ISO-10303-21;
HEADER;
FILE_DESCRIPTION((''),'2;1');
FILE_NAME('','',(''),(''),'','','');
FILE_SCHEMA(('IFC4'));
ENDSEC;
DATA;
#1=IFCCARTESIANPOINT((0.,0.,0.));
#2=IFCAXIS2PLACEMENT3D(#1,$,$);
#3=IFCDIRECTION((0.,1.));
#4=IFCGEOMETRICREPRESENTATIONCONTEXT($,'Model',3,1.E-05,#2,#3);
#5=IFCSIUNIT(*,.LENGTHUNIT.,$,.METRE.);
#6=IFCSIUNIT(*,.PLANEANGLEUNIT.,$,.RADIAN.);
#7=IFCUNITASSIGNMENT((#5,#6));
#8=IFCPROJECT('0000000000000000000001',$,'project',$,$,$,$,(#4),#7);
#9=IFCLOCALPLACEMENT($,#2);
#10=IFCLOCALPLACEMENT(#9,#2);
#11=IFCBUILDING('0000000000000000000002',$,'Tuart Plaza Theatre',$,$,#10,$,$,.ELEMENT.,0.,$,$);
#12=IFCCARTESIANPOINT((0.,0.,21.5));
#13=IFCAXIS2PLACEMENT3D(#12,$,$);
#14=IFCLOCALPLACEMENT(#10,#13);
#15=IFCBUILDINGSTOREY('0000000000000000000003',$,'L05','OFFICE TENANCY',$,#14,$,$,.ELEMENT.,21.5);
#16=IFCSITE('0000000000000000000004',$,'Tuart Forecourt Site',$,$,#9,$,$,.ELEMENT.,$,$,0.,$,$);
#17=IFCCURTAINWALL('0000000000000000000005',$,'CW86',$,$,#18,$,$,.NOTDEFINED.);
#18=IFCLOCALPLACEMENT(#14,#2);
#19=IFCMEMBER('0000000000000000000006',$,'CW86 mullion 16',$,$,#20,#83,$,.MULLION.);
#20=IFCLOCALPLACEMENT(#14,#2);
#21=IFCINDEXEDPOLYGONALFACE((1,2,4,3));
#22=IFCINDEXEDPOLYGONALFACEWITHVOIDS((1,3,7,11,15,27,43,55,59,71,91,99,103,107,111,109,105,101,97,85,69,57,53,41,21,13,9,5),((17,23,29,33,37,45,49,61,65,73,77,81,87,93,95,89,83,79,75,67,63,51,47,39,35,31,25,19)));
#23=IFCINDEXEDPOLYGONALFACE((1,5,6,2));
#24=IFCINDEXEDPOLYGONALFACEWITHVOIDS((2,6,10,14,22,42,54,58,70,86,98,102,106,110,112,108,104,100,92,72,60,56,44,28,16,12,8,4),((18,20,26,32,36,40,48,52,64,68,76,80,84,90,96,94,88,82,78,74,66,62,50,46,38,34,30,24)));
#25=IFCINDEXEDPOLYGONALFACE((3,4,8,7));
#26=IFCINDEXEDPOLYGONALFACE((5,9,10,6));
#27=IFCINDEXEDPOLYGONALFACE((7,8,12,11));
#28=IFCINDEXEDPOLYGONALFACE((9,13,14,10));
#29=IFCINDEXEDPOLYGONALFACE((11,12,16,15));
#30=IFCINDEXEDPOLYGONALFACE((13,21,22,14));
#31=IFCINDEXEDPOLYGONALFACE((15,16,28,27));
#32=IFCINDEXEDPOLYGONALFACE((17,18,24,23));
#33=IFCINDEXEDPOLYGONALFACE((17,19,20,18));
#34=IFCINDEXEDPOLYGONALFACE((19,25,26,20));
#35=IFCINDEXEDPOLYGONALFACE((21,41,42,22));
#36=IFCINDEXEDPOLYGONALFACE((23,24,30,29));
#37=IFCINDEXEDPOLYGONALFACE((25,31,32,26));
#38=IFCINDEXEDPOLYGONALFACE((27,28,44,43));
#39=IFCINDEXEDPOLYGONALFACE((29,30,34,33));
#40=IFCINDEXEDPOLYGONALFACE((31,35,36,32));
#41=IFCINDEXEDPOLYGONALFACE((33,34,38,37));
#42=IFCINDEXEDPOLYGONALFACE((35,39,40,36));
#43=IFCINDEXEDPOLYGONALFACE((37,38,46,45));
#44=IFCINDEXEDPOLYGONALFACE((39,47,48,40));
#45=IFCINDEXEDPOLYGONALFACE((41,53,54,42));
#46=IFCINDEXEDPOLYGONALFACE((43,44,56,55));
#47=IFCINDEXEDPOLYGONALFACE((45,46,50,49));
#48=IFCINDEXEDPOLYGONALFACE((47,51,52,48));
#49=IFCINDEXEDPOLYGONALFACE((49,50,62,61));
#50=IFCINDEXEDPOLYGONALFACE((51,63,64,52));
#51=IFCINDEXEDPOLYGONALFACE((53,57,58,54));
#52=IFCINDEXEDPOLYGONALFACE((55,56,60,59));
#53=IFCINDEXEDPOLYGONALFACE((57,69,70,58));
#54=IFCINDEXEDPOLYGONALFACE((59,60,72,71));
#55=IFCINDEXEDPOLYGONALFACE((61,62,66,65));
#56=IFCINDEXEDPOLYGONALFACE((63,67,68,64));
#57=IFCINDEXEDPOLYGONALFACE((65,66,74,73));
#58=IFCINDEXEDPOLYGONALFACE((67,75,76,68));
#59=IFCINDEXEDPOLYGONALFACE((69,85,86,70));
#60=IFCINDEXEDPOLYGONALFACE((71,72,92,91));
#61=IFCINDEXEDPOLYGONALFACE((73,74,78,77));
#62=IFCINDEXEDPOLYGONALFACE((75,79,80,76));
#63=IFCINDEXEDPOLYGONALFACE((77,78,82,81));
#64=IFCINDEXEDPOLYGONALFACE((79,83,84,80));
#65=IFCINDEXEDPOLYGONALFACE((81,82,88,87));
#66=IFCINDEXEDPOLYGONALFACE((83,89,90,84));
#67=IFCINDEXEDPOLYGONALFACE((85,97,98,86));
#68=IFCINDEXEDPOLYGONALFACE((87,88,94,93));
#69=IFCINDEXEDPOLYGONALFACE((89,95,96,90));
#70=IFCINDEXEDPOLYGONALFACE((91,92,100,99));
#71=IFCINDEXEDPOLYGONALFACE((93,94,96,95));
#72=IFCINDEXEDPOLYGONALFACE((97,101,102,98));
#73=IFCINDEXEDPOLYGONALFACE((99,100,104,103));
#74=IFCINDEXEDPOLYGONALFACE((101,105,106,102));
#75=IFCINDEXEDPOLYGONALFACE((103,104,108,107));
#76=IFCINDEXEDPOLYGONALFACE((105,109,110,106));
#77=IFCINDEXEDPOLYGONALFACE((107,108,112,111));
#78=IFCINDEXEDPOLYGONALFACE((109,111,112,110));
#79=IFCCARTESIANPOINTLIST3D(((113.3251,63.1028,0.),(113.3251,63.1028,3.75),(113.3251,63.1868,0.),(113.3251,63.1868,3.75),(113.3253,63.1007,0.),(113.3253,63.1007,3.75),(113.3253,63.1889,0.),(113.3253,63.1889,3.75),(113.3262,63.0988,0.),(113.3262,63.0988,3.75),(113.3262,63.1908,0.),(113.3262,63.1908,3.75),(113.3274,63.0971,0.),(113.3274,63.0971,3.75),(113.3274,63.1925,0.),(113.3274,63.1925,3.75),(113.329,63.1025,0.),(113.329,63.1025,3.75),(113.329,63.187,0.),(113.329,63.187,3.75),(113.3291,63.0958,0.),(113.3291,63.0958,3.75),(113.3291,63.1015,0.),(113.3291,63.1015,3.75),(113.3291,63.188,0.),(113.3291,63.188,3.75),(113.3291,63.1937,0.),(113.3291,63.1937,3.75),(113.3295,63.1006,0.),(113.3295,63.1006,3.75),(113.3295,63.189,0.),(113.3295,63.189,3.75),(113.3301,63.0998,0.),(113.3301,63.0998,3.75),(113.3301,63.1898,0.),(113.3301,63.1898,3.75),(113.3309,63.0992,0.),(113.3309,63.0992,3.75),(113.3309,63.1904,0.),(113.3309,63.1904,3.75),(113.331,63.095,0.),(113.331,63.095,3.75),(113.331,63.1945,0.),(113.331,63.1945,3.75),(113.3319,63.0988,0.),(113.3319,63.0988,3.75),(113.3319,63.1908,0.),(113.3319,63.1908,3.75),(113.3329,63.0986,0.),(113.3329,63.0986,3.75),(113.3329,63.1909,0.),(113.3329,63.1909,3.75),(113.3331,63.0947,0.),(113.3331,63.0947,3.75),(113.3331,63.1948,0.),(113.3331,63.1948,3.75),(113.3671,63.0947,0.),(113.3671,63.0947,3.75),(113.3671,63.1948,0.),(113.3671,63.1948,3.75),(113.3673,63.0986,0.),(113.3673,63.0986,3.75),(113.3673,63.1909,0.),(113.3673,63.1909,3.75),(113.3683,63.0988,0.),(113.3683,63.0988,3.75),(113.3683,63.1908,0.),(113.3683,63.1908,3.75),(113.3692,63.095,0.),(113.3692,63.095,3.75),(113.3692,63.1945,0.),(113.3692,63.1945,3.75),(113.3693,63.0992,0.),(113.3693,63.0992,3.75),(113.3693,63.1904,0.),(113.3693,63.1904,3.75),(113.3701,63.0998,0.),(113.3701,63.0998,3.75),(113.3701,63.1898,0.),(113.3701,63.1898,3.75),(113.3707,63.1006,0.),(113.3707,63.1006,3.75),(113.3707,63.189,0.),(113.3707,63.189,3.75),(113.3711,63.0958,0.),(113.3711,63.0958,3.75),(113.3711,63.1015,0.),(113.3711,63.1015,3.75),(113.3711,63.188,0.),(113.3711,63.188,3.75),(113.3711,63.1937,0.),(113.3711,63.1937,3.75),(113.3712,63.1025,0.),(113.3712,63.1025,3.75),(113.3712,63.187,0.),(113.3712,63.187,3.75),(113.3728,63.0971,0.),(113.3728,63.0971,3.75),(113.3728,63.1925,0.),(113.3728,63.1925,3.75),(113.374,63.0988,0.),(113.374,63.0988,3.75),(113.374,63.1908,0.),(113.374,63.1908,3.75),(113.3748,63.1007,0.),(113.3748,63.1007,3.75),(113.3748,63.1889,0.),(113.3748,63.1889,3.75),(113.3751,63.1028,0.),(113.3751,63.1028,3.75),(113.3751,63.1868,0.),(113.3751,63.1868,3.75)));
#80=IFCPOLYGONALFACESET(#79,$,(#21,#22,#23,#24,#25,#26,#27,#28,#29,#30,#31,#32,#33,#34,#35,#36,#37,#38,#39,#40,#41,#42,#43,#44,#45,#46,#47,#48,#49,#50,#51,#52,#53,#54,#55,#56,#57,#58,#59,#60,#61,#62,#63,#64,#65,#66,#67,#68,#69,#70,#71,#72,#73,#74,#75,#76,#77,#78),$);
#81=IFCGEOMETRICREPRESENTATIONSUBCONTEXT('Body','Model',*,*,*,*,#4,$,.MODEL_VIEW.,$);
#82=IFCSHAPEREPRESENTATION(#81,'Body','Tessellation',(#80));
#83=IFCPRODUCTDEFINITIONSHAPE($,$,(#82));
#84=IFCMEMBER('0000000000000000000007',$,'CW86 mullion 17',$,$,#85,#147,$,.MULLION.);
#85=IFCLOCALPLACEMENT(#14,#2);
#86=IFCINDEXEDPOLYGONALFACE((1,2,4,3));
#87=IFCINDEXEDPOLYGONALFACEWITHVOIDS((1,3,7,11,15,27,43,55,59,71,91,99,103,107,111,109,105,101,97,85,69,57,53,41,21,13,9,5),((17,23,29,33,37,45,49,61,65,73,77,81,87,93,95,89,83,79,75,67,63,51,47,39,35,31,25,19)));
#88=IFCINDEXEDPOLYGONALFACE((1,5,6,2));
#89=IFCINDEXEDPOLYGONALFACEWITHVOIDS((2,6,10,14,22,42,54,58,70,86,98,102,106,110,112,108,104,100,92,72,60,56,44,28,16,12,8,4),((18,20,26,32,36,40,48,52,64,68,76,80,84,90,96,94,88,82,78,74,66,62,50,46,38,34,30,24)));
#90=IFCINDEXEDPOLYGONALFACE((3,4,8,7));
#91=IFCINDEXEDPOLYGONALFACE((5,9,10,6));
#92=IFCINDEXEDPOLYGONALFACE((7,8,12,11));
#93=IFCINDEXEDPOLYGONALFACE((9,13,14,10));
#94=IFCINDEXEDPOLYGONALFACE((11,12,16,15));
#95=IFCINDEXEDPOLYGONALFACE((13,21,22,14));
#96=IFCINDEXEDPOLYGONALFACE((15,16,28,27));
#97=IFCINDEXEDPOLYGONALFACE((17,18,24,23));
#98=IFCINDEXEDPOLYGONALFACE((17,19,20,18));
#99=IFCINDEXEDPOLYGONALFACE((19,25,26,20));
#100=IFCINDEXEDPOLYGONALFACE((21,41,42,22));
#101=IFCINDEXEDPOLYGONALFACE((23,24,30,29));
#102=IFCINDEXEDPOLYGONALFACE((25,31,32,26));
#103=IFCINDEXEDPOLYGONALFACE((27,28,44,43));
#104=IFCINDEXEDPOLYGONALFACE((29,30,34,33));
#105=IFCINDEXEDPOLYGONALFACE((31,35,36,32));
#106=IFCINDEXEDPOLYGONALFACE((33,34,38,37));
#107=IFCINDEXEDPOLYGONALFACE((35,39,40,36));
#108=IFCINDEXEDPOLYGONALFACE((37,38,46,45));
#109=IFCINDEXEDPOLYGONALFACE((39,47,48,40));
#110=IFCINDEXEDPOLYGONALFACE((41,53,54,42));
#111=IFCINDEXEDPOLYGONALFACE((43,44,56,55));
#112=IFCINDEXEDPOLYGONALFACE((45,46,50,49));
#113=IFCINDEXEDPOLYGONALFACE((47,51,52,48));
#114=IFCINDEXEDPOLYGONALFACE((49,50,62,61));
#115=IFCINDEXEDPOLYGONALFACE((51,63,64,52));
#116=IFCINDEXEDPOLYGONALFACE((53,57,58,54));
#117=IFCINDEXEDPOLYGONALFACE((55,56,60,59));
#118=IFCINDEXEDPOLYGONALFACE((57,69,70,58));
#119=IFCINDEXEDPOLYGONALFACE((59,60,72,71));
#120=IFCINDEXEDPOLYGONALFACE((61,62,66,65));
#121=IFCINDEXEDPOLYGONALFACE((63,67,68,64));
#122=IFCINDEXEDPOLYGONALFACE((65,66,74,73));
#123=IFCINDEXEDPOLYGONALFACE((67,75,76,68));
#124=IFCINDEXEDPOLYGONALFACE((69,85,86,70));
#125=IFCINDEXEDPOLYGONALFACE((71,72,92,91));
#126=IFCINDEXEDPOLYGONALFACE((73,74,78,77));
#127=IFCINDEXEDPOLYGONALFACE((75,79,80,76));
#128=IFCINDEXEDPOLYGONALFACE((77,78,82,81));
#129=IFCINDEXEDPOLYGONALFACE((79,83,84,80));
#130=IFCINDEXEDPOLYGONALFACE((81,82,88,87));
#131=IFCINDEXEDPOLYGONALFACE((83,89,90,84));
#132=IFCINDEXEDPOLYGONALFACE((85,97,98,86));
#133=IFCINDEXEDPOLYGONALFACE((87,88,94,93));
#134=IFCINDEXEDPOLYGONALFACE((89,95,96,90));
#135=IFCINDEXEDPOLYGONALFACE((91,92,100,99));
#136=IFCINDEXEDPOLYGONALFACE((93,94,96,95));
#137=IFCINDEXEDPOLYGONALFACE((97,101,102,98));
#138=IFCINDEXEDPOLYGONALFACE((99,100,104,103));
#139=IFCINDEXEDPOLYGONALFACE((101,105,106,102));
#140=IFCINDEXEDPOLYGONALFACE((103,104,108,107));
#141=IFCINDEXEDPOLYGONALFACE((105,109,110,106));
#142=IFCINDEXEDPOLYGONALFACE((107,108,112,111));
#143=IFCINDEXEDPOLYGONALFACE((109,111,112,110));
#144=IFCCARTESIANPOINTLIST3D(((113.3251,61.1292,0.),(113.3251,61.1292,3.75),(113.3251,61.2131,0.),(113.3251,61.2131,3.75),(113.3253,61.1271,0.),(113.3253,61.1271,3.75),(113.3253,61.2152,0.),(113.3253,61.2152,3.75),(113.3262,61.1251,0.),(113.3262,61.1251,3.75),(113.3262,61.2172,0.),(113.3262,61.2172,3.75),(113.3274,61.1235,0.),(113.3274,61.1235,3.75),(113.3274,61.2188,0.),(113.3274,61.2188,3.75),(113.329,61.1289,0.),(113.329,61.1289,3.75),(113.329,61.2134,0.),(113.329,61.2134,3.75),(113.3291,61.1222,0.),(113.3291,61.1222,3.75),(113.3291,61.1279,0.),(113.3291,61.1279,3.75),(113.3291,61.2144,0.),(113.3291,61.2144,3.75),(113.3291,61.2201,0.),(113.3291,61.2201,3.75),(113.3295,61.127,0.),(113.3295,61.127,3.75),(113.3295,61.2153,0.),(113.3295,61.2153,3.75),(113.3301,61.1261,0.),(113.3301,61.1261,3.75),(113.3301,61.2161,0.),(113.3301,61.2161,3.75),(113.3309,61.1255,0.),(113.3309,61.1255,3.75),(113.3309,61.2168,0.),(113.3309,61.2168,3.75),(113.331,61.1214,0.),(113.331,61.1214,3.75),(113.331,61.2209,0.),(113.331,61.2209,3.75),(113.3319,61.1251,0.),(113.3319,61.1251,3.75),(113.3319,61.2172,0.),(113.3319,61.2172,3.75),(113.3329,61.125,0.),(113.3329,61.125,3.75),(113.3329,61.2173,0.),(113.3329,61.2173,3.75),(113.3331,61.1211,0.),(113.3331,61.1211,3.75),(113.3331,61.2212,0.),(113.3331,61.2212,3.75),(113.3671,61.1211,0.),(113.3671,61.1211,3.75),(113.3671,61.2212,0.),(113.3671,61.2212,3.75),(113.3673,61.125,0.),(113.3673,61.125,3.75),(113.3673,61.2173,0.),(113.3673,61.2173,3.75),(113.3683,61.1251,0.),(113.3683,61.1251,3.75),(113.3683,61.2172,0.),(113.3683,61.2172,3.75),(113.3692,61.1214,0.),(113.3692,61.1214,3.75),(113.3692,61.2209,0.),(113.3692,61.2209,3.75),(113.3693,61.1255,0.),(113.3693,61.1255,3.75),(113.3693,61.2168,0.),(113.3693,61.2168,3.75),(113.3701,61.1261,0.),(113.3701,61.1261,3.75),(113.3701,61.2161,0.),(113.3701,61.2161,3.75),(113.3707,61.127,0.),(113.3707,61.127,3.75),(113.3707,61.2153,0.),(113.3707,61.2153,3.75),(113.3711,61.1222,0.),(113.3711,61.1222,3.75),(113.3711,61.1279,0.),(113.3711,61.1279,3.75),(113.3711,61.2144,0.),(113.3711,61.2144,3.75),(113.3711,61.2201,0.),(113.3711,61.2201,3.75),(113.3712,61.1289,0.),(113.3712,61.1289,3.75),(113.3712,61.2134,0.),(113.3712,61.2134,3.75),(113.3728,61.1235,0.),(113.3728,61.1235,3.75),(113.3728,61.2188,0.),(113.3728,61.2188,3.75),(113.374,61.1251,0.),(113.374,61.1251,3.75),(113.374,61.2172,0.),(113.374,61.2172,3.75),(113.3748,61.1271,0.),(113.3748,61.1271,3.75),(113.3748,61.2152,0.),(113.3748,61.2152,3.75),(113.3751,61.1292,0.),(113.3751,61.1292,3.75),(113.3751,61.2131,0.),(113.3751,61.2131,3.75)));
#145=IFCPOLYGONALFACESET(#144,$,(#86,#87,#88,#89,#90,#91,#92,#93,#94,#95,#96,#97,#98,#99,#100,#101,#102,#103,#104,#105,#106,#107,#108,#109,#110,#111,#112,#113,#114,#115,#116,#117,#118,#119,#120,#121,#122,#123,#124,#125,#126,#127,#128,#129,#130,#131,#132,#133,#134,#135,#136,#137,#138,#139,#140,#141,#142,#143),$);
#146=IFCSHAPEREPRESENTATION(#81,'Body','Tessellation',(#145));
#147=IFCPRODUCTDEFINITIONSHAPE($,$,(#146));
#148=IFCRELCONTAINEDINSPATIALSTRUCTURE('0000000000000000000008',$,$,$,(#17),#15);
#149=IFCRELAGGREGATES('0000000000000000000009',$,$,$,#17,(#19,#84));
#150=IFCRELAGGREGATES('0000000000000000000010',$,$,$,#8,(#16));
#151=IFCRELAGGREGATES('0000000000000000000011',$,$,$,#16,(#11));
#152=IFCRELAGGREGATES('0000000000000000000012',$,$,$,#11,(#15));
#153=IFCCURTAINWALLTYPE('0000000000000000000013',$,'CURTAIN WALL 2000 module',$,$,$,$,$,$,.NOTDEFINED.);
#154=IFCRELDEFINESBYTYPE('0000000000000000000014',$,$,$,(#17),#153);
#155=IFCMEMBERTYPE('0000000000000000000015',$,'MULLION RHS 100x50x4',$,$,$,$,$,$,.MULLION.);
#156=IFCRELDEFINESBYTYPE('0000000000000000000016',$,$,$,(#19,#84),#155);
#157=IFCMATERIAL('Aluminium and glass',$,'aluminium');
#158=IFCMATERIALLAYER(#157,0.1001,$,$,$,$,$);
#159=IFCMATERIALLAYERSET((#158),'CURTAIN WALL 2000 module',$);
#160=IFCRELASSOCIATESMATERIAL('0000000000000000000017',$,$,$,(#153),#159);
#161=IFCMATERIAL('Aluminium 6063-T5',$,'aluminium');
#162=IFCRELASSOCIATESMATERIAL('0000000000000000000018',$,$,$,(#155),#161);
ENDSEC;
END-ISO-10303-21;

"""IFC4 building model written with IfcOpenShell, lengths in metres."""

from ifc_helpers import new_model, si_unit, direction, frame, origin, origin_2d, place, context, subcontext, project, spatial, hollow_rectangle, extrude, material, layer, layer_set, material_profile, profile_set, type_object, element, aggregate, save


model = new_model("IFC4")

# Units and contexts
model_context = context("Model", 3, precision=1e-05, world=origin(), true_north=direction((0.0, 1.0)))
body_context = subcontext(model_context, "Body", "Model", "MODEL_VIEW")
ifc_project = project(units=[si_unit("LENGTHUNIT", "METRE"), si_unit("PLANEANGLEUNIT", "RADIAN")], contexts=[model_context])

# Site, building, storey
site_placement = place(None, origin())
site = spatial("IfcSite", under=ifc_project, at=site_placement, Name="Tuart Forecourt Site", CompositionType="ELEMENT", RefElevation=0.0)
building_placement = place(site_placement, origin())
building = spatial("IfcBuilding", under=site, at=building_placement, Name="Tuart Plaza Theatre", CompositionType="ELEMENT", ElevationOfRefHeight=0.0)
storey_placement = place(building_placement, frame((0.0, 0.0, 21.5)))
storey = spatial("IfcBuildingStorey", under=building, at=storey_placement, Name="L05", Description="OFFICE TENANCY", CompositionType="ELEMENT", Elevation=21.5)

# Curtain wall, members
ifc_material_1 = material(Name="Aluminium and glass", Category="aluminium")
ifc_layer_1 = layer(ifc_material_1, 0.1001)
ifc_layer_set_1 = layer_set([ifc_layer_1], Name="CURTAIN WALL 2000 module")
curtain_wall_type = type_object("IfcCurtainWallType", Name="CURTAIN WALL 2000 module", PredefinedType="NOTDEFINED", material=ifc_layer_set_1)
curtain_wall_placement = place(storey_placement, origin())
curtain_wall = element("IfcCurtainWall", 1, at=curtain_wall_placement, inside=storey, type_object=curtain_wall_type, Name="CW86", PredefinedType="NOTDEFINED")
ifc_material_2 = material(Name="Aluminium 6063-T5", Category="aluminium")
ifc_material_profile_1 = material_profile(ifc_material_2, hollow_rectangle(XDim=0.05, YDim=0.1001, WallThickness=0.0039, InnerFilletRadius=0.0039, OuterFilletRadius=0.0081, at=origin_2d()), Name="RHS 100x50x4")
ifc_profile_set_1 = profile_set([ifc_material_profile_1], Name="Aluminium 6063-T5")
member_type_1 = type_object("IfcMemberType", Name="MULLION RHS 100x50x4", PredefinedType="MULLION", material=ifc_profile_set_1)
member_1_placement = place(storey_placement, frame((113.3501, 63.1448, 0.0), z_axis=(0.0, 0.0, 1.0), x_axis=(1.0, 0.0, 0.0)))
member_1 = element("IfcMember", 2, at=member_1_placement, type_object=member_type_1, Name="CW86 mullion 16", PredefinedType="MULLION", context=body_context, shape_type="SweptSolid", body=[
    extrude(hollow_rectangle(XDim=0.05, YDim=0.1001, WallThickness=0.0039, InnerFilletRadius=0.0039, OuterFilletRadius=0.0081, at=origin_2d()), origin(), (0.0, 0.0, 1.0), 3.75),
])
member_2_placement = place(storey_placement, frame((113.3501, 61.1711, 0.0), z_axis=(0.0, 0.0, 1.0), x_axis=(1.0, 0.0, 0.0)))
member_2 = element("IfcMember", 3, at=member_2_placement, type_object=member_type_1, Name="CW86 mullion 17", PredefinedType="MULLION", context=body_context, shape_type="SweptSolid", body=[
    extrude(hollow_rectangle(XDim=0.05, YDim=0.1001, WallThickness=0.0039, InnerFilletRadius=0.0039, OuterFilletRadius=0.0081, at=origin_2d()), origin(), (0.0, 0.0, 1.0), 3.75),
])
aggregate(curtain_wall, [member_1, member_2])

save(model, "model.ifc")
